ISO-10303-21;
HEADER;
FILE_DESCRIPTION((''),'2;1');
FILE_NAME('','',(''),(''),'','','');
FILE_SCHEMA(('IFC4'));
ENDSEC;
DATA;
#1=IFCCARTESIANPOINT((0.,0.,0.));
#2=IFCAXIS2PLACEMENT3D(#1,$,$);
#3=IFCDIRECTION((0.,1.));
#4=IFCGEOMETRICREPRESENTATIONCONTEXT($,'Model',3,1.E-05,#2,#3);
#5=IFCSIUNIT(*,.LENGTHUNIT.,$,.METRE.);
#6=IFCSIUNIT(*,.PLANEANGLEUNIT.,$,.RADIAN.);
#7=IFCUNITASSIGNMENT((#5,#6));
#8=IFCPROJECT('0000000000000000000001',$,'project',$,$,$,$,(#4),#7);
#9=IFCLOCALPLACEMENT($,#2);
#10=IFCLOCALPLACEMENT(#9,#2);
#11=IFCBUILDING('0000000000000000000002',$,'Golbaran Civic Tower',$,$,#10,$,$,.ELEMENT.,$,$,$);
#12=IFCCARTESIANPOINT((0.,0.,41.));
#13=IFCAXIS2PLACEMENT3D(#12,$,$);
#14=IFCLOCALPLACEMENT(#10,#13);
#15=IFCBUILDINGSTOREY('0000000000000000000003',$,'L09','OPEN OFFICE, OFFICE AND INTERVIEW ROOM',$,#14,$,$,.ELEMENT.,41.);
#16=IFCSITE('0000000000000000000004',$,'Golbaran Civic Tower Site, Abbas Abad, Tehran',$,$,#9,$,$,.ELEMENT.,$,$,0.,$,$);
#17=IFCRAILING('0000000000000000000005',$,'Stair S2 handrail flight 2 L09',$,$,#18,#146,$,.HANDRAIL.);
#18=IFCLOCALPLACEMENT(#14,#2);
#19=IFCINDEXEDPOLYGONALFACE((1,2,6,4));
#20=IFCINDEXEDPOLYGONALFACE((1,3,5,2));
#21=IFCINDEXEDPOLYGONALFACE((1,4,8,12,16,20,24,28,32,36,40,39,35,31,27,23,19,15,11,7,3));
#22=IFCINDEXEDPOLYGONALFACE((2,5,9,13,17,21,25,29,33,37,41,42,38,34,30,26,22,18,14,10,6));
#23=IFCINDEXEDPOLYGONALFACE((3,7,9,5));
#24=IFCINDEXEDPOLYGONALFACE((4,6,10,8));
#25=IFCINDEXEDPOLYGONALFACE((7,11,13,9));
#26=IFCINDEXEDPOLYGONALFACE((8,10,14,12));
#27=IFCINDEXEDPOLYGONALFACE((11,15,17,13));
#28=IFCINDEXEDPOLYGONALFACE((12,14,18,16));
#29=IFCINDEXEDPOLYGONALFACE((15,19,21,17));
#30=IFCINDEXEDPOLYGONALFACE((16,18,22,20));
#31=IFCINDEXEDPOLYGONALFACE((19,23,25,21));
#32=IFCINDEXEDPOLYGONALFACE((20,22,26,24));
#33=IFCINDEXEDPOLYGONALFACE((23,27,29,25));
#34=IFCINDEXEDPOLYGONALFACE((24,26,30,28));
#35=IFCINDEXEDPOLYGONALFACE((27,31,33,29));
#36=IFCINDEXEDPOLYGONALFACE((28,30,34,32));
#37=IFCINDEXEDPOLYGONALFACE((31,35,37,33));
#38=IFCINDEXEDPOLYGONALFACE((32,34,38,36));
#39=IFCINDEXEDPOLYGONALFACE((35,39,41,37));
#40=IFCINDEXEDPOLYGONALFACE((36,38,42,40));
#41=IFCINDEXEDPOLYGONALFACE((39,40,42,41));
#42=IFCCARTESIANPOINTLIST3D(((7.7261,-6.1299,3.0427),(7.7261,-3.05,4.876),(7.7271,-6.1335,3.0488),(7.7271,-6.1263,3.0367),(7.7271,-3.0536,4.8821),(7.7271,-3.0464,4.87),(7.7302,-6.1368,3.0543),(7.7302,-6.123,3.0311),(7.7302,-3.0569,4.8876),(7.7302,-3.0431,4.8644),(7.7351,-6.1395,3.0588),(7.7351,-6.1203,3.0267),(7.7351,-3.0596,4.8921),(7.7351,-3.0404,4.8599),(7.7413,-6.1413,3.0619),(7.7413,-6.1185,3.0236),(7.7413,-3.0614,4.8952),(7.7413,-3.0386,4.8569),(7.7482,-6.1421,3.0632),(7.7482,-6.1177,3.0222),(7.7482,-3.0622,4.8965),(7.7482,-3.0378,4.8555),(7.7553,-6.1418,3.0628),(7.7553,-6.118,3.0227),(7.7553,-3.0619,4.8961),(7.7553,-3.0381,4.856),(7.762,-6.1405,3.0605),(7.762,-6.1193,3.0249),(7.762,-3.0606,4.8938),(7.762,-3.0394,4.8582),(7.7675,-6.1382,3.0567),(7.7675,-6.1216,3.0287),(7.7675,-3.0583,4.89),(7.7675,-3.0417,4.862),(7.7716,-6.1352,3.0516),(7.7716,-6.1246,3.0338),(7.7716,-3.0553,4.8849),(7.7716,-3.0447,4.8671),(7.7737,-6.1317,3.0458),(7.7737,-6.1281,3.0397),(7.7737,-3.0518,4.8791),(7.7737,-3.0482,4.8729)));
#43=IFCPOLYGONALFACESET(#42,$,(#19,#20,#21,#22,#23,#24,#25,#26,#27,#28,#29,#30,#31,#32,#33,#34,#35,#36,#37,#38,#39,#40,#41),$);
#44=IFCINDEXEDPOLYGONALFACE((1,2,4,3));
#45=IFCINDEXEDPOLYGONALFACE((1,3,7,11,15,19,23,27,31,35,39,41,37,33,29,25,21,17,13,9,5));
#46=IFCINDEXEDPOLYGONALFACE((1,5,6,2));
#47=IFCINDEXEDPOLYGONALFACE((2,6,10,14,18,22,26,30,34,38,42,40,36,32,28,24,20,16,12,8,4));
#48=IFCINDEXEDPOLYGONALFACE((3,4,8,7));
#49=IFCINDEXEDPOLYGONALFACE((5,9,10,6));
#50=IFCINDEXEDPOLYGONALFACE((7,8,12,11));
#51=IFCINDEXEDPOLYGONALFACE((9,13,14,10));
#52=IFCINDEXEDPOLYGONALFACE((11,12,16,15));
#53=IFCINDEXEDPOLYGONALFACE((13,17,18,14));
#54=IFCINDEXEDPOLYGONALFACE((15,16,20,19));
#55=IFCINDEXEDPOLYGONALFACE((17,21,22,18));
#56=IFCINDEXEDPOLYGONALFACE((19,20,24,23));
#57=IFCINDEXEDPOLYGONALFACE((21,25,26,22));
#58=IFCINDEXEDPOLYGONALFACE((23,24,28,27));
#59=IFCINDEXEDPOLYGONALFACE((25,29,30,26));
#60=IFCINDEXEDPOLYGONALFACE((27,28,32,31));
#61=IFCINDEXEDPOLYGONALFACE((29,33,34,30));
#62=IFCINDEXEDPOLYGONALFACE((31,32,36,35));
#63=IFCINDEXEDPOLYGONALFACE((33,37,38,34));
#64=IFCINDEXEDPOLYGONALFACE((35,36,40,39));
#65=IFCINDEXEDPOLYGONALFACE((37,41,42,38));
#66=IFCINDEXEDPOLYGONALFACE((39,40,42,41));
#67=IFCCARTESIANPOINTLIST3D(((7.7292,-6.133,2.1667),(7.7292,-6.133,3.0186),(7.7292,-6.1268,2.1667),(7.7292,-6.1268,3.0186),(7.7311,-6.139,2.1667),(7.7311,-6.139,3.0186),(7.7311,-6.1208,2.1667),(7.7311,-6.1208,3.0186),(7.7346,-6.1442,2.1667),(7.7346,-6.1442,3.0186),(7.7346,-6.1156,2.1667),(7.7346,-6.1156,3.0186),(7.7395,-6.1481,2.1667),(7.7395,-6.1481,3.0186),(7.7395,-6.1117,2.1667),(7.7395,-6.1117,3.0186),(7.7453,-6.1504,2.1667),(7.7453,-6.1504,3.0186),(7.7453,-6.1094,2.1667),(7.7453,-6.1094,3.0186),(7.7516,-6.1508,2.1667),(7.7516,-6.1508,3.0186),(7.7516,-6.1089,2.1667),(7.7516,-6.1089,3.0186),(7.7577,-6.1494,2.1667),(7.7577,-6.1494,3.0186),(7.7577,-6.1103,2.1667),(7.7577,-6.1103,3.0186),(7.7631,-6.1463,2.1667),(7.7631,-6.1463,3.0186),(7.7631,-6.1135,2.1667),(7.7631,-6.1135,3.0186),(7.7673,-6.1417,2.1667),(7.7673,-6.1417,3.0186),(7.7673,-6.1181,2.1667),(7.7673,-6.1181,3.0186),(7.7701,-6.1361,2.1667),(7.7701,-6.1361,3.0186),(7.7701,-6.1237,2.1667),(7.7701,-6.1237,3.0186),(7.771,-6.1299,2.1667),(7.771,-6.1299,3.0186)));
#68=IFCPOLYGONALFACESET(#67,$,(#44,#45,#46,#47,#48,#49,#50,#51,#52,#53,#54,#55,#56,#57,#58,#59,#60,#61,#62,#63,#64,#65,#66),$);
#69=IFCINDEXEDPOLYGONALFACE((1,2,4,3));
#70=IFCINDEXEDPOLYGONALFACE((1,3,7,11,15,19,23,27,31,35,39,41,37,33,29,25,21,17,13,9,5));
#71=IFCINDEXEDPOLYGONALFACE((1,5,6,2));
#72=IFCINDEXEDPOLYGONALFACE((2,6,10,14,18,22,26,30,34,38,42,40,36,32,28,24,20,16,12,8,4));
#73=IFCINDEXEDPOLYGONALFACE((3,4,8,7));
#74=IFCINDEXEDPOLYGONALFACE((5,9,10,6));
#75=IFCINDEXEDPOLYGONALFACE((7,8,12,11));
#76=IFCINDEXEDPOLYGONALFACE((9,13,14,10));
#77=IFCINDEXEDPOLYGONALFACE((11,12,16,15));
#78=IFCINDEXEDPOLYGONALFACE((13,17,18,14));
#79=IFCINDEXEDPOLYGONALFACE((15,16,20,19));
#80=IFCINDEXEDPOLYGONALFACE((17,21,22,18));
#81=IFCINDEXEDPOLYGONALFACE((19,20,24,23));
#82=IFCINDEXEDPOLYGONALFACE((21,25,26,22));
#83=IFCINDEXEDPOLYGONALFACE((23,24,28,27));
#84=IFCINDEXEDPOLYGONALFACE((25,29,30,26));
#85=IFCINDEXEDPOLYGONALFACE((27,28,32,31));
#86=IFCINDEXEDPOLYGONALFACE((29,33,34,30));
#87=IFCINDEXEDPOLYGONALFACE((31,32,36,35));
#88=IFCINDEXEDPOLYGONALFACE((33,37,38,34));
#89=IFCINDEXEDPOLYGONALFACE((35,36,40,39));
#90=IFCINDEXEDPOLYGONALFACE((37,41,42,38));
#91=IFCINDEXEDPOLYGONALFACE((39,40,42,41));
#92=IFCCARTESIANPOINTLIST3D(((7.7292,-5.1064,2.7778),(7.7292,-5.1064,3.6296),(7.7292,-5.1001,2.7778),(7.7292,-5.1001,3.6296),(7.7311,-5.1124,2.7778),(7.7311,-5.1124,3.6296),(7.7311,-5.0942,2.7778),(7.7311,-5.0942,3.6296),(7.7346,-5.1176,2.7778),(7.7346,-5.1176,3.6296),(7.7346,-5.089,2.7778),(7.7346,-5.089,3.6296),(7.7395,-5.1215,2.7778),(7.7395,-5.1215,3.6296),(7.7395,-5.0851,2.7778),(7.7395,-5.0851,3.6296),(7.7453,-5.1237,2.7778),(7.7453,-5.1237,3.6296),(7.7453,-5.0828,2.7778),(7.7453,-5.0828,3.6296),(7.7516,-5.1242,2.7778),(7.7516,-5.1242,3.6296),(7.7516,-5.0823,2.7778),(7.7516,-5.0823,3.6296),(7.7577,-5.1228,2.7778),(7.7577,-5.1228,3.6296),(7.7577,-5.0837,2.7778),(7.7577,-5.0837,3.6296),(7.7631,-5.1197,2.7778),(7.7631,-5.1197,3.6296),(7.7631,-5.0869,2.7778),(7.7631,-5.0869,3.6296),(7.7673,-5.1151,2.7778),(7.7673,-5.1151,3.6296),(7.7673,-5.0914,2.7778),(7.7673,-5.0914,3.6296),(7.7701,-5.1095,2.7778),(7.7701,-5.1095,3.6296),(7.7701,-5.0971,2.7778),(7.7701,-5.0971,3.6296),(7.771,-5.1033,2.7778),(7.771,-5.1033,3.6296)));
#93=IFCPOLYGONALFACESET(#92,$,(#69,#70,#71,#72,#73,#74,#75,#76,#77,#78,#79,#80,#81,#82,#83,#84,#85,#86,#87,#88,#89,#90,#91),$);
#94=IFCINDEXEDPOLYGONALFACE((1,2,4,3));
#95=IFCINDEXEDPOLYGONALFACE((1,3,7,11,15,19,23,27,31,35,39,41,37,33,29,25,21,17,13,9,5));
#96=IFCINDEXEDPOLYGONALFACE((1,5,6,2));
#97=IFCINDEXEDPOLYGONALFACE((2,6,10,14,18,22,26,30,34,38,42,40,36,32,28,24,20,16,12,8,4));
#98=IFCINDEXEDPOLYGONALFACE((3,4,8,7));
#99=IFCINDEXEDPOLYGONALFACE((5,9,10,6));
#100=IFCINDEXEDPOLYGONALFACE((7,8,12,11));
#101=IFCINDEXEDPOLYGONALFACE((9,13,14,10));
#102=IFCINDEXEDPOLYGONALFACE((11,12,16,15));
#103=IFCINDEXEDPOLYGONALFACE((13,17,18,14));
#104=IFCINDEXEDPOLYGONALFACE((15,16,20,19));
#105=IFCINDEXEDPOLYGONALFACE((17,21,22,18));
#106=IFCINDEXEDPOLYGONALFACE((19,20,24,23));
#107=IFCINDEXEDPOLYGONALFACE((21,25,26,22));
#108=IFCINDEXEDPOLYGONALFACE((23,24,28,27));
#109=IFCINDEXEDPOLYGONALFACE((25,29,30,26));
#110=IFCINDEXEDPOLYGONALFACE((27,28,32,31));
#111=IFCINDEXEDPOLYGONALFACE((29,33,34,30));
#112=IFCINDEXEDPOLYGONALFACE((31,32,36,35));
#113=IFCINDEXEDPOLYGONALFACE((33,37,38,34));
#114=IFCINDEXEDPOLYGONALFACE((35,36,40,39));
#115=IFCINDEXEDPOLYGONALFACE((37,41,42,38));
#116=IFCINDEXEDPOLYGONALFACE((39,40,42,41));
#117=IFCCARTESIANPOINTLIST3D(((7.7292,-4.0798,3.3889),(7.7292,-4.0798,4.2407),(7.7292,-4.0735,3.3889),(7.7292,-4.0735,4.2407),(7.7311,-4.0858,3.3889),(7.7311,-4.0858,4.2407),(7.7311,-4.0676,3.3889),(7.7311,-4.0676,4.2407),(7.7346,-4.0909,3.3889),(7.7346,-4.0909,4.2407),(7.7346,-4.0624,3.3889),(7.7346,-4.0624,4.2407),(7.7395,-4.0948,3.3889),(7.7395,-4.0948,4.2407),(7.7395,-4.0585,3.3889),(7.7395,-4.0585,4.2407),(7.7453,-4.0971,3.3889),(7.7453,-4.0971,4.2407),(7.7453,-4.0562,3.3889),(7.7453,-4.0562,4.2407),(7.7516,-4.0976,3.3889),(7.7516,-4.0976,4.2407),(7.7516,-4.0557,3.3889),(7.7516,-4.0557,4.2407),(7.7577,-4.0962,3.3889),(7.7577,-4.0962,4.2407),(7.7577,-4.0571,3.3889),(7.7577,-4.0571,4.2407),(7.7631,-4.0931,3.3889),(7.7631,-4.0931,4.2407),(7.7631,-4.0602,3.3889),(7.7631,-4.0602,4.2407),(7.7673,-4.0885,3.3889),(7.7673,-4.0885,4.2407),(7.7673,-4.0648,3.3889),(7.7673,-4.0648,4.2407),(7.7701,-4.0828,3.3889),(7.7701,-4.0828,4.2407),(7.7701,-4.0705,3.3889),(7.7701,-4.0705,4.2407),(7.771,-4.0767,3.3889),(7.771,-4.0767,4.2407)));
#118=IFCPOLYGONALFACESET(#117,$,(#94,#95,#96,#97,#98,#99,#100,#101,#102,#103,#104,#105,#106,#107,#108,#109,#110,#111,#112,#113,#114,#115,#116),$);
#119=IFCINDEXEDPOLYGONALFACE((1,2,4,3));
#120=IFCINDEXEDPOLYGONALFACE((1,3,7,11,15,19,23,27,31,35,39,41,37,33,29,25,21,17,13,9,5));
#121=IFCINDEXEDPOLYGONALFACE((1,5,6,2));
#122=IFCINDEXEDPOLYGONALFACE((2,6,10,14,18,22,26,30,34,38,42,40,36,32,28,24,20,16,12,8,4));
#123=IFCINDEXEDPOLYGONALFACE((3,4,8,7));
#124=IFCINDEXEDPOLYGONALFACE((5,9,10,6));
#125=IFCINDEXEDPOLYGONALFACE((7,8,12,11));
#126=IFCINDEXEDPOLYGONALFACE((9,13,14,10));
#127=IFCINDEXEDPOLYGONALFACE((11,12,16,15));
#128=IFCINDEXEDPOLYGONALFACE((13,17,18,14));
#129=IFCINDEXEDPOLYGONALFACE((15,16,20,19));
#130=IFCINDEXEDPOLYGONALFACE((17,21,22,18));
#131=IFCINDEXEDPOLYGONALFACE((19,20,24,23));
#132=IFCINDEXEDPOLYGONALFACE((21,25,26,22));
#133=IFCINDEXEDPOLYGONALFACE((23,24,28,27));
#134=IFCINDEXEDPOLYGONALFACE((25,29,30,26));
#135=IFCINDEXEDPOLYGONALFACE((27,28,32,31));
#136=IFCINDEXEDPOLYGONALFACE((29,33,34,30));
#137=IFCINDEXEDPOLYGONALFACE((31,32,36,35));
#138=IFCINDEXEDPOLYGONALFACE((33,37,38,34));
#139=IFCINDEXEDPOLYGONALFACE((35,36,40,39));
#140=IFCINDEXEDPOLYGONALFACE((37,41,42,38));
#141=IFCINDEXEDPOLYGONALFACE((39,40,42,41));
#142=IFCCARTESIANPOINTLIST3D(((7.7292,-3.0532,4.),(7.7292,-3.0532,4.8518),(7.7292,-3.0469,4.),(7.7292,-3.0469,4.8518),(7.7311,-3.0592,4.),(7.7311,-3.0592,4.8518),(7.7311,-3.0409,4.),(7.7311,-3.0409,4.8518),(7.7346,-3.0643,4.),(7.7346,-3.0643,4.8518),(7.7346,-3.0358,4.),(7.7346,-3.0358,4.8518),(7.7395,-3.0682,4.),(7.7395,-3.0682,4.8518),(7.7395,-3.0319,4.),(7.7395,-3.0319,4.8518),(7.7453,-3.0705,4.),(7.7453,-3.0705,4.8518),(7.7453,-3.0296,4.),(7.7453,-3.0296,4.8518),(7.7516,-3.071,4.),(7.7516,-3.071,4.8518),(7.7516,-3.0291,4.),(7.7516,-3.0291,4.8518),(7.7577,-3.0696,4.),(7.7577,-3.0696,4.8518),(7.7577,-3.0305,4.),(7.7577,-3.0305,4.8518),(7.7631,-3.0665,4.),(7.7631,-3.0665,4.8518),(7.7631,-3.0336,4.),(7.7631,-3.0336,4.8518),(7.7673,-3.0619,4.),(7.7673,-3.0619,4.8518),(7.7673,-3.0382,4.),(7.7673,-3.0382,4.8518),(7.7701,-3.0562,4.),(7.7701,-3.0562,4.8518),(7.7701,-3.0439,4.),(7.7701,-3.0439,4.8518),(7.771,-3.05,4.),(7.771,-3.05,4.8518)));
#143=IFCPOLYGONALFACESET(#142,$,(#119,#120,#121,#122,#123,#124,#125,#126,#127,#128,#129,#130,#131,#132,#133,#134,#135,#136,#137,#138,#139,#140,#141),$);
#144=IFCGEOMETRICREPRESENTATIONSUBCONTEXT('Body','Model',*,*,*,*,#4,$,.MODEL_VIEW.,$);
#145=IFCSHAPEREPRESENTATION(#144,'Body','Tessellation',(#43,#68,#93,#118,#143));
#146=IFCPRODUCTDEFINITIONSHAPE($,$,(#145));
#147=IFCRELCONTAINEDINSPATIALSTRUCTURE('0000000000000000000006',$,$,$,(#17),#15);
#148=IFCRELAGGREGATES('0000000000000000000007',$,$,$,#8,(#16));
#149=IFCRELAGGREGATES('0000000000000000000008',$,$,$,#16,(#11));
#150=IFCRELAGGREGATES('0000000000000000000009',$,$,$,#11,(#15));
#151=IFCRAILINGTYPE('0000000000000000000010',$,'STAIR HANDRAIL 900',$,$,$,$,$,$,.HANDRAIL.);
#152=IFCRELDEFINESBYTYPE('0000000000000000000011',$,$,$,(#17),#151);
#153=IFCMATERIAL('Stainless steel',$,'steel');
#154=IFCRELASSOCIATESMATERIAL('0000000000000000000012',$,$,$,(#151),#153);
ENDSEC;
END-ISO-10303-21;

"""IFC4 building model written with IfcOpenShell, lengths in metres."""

from ifc_helpers import new_model, si_unit, direction, frame, origin, origin_2d, place, context, subcontext, project, spatial, circle, extrude, material, type_object, element, save


model = new_model("IFC4")

# Units and contexts
model_context = context("Model", 3, precision=1e-05, world=origin(), true_north=direction((0.0, 1.0)))
body_context = subcontext(model_context, "Body", "Model", "MODEL_VIEW")
ifc_project = project(units=[si_unit("LENGTHUNIT", "METRE"), si_unit("PLANEANGLEUNIT", "RADIAN")], contexts=[model_context])

# Site, building, storey
site_placement = place(None, origin())
site = spatial("IfcSite", under=ifc_project, at=site_placement, Name="Golbaran Civic Tower Site, Abbas Abad, Tehran", CompositionType="ELEMENT", RefElevation=0.0)
building_placement = place(site_placement, origin())
building = spatial("IfcBuilding", under=site, at=building_placement, Name="Golbaran Civic Tower", CompositionType="ELEMENT")
storey_placement = place(building_placement, frame((0.0, 0.0, 41.0)))
storey = spatial("IfcBuildingStorey", under=building, at=storey_placement, Name="L09", Description="OPEN OFFICE, OFFICE AND INTERVIEW ROOM", CompositionType="ELEMENT", Elevation=41.0)

# Shared definitions
ifc_material_1 = material(Name="Stainless steel", Category="steel")

# Railing
railing_type = type_object("IfcRailingType", Name="STAIR HANDRAIL 900", PredefinedType="HANDRAIL", material=ifc_material_1)
railing_1_placement = place(storey_placement, frame((7.75, -6.1299, 2.1667)))
element("IfcRailing", 1, at=railing_1_placement, inside=storey, type_object=railing_type, Name="Stair S2 handrail flight 2 L09", PredefinedType="HANDRAIL", context=body_context, shape_type="SweptSolid", body=[
    extrude(circle(Radius=0.0239, at=origin_2d()), frame((0.0, 0.0, 0.876), z_axis=(0.0, 0.859291, 0.511487), x_axis=(-1.0, 0.0, 0.0)), (0.0, 0.0, 1.0), 3.5842),
    extrude(circle(Radius=0.021, at=origin_2d()), origin(), (0.0, 0.0, 1.0), 0.8518),
    extrude(circle(Radius=0.021, at=origin_2d()), frame((0.0, 1.0266, 0.6111)), (0.0, 0.0, 1.0), 0.8518),
    extrude(circle(Radius=0.021, at=origin_2d()), frame((0.0, 2.0532, 1.2222)), (0.0, 0.0, 1.0), 0.8518),
    extrude(circle(Radius=0.021, at=origin_2d()), frame((0.0, 3.0798, 1.8333)), (0.0, 0.0, 1.0), 0.8518),
])

save(model, "model.ifc")
